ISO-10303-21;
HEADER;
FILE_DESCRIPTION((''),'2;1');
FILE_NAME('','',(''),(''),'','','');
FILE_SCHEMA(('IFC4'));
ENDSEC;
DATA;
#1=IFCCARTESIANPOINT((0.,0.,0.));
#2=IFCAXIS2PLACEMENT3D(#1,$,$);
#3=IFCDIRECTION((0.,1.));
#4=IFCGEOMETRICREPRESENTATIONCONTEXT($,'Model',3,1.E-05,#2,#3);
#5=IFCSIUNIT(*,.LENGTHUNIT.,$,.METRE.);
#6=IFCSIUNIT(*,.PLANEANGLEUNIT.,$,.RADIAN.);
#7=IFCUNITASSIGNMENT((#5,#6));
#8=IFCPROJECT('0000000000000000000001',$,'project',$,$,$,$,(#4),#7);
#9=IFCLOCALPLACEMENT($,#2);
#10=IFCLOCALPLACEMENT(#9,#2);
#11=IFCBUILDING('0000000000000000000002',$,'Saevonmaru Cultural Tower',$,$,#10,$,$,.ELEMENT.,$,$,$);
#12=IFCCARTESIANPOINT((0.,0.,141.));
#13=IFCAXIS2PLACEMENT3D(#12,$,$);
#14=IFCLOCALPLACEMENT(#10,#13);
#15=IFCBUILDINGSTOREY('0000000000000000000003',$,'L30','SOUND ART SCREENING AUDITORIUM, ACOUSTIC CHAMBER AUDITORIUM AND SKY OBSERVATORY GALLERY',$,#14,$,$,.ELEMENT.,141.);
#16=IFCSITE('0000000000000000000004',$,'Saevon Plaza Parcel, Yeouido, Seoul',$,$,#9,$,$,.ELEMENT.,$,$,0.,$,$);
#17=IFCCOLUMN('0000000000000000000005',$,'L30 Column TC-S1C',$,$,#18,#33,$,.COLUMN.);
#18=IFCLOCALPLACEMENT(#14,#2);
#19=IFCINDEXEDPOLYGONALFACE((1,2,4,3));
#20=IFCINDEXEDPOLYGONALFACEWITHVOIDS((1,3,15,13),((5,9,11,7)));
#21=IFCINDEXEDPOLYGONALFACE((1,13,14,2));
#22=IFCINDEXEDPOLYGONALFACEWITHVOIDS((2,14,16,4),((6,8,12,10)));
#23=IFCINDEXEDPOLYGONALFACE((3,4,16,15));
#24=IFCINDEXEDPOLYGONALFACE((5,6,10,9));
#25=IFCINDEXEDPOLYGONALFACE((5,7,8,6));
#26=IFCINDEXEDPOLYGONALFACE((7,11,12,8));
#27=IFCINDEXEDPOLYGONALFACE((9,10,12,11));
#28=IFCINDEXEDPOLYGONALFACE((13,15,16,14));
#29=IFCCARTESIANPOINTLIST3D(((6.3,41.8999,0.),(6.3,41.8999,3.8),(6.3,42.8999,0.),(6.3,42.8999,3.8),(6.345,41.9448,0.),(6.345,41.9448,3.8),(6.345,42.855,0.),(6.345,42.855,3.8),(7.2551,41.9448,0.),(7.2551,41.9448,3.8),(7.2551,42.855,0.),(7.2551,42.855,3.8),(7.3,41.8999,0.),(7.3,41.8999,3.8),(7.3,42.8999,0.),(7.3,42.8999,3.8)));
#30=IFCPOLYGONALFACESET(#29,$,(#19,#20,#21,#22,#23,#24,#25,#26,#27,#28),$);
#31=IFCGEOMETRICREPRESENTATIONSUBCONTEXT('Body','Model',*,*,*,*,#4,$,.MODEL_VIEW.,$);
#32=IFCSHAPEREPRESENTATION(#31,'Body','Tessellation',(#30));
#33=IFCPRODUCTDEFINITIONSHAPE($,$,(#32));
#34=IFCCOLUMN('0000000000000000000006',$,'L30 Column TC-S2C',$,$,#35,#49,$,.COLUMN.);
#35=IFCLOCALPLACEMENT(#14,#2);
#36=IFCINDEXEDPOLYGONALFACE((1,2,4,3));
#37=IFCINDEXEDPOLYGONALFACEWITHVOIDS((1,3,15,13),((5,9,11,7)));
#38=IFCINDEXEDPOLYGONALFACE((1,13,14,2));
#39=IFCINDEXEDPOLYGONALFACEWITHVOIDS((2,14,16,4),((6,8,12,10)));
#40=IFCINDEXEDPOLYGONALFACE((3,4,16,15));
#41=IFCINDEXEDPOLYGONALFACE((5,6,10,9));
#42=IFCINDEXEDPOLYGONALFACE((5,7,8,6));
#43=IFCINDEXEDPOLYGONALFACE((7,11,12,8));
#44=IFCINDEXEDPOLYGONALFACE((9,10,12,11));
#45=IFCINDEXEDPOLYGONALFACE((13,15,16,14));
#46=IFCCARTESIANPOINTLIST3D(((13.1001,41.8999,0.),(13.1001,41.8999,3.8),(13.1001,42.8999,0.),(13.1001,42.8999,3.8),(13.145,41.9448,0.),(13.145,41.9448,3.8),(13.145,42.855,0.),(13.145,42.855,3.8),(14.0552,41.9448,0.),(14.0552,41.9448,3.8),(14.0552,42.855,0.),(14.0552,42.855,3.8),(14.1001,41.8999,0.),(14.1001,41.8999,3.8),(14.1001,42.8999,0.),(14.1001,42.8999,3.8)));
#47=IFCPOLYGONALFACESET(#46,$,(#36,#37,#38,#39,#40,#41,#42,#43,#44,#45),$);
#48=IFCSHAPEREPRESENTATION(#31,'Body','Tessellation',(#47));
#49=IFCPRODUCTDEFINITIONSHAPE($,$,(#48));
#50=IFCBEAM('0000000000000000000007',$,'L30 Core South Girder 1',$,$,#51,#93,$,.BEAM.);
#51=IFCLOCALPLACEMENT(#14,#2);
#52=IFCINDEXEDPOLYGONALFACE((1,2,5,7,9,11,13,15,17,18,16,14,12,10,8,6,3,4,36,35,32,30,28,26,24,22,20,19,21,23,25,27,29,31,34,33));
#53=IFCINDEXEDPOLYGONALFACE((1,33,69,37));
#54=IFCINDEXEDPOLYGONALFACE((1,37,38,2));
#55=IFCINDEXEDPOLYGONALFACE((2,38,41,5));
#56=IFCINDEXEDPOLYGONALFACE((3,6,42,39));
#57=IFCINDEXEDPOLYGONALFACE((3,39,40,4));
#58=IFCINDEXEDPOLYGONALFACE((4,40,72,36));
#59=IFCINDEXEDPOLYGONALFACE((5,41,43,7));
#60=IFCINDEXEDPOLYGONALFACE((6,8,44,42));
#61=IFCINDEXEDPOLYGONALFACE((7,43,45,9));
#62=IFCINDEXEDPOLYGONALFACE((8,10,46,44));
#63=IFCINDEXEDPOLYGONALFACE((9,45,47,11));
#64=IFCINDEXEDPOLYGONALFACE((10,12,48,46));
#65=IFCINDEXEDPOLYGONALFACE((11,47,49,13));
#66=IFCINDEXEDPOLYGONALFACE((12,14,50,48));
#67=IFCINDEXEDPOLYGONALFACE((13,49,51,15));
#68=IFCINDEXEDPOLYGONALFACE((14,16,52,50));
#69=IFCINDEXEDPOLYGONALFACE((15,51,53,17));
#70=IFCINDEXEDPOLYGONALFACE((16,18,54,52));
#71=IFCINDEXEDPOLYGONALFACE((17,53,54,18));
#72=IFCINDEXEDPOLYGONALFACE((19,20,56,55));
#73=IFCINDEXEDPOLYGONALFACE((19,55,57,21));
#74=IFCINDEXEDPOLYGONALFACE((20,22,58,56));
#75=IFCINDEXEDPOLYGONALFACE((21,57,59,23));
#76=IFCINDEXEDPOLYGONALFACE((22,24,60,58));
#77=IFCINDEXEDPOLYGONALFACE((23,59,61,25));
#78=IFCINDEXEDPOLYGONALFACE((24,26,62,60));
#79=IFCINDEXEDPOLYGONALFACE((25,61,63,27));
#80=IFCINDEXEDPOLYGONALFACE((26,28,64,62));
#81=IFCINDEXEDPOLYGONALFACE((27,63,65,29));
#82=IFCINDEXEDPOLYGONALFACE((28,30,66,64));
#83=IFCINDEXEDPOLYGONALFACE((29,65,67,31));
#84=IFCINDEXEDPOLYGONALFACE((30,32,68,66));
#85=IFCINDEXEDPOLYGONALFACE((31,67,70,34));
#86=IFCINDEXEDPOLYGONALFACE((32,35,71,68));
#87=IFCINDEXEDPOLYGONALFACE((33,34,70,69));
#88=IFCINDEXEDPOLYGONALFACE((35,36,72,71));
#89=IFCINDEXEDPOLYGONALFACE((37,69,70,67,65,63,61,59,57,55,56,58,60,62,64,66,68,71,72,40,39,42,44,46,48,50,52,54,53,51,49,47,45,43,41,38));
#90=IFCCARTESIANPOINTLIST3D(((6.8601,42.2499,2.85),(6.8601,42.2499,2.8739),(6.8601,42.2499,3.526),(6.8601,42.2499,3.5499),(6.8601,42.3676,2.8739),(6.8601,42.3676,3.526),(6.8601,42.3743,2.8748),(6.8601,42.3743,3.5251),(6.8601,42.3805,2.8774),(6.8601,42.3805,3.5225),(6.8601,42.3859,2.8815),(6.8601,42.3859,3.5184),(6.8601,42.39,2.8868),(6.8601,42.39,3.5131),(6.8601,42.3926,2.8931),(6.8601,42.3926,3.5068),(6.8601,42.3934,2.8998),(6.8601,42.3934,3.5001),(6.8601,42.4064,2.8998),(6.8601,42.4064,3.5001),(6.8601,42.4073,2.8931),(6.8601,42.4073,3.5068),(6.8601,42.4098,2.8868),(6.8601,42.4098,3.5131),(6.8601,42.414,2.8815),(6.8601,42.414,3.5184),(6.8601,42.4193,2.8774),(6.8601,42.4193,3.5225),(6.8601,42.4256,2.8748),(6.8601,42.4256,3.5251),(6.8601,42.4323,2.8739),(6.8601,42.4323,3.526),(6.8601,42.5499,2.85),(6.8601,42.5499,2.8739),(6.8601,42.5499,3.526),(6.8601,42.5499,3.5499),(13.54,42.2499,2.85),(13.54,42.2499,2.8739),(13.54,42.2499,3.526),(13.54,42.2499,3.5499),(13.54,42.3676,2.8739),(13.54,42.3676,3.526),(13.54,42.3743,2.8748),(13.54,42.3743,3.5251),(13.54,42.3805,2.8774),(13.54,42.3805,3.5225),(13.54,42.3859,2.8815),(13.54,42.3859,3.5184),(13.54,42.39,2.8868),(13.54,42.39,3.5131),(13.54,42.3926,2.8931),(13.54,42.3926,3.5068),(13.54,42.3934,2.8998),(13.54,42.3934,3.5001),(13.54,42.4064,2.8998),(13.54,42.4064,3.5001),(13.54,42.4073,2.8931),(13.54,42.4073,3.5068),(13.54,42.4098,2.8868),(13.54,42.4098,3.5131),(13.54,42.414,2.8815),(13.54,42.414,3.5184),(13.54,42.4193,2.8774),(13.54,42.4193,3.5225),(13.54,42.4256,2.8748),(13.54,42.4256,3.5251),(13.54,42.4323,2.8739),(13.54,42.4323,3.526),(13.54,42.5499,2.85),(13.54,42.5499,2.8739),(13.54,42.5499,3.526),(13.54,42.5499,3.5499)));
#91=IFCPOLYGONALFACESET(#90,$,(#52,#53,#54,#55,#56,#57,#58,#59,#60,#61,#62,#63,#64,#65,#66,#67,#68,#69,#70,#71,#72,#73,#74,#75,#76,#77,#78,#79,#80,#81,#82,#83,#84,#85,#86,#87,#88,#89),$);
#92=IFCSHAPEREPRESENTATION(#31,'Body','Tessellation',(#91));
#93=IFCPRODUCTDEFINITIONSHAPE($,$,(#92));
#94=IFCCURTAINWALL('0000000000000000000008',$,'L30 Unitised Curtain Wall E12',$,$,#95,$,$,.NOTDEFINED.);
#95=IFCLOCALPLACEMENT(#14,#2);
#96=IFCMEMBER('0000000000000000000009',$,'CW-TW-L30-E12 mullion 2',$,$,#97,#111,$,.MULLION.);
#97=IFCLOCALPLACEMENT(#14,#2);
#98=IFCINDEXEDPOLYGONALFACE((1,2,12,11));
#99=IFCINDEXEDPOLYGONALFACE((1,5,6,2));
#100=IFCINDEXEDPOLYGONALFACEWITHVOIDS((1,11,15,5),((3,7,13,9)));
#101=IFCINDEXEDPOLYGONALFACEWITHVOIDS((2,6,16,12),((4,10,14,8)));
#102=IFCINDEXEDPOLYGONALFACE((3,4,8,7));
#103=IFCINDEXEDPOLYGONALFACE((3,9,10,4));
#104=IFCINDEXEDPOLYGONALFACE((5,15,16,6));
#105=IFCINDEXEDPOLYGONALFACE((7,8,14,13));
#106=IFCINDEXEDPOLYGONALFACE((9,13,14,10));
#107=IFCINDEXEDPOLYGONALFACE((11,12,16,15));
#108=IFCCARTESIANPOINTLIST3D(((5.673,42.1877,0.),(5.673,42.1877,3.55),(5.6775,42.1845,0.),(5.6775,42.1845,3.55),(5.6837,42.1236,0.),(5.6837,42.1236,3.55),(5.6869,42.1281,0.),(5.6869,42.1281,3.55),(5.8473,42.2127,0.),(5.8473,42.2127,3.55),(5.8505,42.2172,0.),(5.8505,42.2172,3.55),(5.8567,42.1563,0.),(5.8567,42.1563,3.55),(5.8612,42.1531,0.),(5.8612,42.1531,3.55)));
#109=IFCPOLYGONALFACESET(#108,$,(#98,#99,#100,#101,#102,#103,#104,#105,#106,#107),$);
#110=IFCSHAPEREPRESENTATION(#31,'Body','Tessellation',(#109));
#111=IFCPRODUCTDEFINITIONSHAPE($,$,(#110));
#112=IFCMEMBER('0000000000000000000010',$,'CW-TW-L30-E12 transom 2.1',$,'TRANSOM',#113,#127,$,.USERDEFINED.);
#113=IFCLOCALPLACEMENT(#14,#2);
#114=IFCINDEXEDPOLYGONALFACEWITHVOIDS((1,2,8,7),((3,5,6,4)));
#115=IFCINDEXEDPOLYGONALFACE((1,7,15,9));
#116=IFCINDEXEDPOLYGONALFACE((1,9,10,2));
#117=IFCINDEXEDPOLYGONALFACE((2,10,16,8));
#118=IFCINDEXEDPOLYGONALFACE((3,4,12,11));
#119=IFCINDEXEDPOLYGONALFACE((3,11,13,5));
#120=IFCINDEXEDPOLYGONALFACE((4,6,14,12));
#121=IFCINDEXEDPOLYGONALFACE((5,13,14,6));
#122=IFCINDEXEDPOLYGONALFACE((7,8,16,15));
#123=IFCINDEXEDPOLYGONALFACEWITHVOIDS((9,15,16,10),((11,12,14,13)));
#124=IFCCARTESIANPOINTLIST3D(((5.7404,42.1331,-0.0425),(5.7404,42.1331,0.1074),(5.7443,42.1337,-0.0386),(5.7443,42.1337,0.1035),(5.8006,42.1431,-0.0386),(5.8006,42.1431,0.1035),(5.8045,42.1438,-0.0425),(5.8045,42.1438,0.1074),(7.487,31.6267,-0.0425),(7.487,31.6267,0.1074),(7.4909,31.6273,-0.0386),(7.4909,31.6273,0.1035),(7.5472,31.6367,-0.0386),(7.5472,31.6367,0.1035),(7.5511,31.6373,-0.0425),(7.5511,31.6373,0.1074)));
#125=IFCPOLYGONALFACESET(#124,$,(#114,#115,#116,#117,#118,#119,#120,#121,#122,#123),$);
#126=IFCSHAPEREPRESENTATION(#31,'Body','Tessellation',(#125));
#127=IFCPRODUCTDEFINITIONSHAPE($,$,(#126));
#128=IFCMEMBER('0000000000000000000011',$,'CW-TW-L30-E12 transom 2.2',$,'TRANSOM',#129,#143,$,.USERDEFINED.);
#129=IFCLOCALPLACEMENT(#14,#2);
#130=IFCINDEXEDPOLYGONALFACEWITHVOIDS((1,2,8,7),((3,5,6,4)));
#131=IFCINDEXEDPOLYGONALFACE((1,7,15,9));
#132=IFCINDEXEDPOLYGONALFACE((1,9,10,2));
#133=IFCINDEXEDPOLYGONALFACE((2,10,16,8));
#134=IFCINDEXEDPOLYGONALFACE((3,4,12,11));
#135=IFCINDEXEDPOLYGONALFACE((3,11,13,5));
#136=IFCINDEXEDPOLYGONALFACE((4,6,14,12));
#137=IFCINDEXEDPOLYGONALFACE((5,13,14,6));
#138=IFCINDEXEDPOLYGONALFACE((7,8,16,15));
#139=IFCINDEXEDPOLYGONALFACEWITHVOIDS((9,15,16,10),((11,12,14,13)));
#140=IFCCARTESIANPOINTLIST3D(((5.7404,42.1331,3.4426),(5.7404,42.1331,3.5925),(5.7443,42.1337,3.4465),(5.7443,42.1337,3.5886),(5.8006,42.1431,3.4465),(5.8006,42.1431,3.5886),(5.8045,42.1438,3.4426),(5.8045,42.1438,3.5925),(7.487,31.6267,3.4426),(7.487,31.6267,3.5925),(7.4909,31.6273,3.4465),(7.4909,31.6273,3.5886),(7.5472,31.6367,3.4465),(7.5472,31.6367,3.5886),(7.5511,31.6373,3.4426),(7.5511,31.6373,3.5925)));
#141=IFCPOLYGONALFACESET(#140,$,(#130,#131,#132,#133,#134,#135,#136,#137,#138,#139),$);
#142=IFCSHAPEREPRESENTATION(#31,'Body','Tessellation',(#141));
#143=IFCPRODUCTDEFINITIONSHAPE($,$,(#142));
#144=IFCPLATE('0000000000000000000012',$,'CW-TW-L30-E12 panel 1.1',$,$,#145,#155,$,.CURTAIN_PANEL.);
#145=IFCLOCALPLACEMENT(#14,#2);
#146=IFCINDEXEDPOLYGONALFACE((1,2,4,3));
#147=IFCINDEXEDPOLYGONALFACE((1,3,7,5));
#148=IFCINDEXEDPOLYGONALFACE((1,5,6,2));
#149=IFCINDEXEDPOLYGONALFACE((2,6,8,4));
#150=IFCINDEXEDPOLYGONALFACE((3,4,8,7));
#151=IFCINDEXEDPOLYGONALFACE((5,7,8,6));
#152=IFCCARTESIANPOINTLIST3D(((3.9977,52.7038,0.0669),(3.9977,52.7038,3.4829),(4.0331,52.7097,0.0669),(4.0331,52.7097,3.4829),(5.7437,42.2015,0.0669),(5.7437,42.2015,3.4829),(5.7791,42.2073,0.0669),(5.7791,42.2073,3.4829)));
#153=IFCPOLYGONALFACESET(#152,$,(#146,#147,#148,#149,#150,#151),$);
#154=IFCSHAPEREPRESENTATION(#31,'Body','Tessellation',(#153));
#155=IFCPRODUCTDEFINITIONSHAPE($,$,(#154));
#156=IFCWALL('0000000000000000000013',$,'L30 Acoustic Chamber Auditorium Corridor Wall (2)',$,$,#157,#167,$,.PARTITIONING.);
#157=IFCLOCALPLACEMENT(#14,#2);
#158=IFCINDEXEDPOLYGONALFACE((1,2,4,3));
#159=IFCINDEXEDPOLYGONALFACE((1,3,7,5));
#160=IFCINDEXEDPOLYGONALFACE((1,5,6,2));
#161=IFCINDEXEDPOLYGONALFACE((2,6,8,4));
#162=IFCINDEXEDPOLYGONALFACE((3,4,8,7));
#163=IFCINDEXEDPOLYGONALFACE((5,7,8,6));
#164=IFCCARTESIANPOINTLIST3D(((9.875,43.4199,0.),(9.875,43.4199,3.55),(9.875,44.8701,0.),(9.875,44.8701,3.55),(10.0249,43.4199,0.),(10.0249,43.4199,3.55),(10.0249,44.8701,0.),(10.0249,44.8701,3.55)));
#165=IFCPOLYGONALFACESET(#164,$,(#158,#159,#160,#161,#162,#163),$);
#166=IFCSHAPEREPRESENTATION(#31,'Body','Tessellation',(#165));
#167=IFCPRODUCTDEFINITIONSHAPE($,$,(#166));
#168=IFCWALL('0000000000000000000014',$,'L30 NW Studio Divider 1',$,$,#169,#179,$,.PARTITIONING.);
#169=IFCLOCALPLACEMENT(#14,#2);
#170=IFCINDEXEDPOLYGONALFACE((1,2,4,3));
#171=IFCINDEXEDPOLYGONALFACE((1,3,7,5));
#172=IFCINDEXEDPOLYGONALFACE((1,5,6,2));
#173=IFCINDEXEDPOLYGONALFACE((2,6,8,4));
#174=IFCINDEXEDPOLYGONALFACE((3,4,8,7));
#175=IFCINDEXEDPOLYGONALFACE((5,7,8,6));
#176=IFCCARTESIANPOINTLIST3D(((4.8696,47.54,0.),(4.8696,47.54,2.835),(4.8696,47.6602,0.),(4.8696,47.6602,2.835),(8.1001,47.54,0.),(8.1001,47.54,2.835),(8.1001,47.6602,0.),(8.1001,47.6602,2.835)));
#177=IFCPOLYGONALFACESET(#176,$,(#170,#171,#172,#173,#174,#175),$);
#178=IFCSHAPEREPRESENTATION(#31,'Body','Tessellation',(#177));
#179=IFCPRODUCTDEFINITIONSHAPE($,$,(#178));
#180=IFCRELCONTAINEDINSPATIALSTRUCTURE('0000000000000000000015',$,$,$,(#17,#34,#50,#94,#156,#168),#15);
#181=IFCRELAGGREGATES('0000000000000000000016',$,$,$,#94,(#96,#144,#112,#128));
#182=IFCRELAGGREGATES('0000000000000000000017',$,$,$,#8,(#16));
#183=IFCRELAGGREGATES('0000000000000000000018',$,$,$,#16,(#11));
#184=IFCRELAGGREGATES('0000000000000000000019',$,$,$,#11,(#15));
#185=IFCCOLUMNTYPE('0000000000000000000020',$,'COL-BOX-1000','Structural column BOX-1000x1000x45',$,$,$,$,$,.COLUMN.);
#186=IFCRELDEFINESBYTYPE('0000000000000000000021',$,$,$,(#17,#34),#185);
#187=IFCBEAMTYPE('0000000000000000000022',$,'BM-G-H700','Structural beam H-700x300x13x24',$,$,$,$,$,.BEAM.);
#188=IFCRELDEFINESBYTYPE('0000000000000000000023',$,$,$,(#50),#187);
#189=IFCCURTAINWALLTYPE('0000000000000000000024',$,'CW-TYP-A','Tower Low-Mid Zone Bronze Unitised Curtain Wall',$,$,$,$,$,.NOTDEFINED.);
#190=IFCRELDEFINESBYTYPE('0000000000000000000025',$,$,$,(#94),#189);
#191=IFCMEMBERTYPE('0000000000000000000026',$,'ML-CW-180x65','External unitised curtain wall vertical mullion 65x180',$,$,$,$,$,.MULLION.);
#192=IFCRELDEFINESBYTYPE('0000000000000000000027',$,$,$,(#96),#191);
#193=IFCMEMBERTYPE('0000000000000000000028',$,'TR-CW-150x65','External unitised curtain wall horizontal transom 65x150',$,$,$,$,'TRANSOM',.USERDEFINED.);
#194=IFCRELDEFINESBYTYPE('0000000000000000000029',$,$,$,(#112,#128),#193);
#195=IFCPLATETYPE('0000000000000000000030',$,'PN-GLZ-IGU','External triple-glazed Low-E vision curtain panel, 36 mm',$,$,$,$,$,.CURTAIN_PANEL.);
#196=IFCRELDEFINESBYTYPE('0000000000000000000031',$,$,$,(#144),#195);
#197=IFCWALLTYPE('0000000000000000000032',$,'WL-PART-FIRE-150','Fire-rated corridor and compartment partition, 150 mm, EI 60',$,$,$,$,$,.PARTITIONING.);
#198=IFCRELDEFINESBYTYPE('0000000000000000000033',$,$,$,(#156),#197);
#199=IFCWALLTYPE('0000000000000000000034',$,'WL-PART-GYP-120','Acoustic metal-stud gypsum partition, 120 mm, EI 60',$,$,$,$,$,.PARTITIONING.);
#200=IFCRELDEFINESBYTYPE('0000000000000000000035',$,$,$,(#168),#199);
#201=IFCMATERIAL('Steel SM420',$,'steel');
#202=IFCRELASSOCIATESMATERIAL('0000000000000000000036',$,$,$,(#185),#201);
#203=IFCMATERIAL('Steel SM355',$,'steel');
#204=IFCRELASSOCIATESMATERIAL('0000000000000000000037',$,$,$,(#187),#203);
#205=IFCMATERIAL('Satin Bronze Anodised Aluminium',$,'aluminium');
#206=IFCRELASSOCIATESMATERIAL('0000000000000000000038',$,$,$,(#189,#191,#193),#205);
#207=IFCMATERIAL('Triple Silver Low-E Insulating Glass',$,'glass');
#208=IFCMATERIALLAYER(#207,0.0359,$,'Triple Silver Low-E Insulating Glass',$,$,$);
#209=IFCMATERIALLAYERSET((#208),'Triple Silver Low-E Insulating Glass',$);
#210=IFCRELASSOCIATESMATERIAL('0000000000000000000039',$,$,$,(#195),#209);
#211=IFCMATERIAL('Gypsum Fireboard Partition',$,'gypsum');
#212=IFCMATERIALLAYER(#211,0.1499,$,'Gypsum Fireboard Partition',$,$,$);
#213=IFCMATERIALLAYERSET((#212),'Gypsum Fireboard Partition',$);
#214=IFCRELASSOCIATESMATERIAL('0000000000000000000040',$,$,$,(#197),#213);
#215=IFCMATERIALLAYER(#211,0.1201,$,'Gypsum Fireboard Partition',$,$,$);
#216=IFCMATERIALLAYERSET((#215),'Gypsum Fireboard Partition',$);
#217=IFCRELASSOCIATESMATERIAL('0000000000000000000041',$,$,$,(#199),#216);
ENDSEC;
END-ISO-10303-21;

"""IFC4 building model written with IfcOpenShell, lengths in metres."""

from ifc_helpers import new_model, si_unit, direction, frame, frame_2d, origin, origin_2d, place, context, subcontext, project, spatial, rectangle, hollow_rectangle, i_section, extrude, material, layer, layer_set, material_profile, profile_set, type_object, element, aggregate, save


model = new_model("IFC4")

# Units and contexts
model_context = context("Model", 3, precision=1e-05, world=origin(), true_north=direction((0.0, 1.0)))
body_context = subcontext(model_context, "Body", "Model", "MODEL_VIEW")
ifc_project = project(units=[si_unit("LENGTHUNIT", "METRE"), si_unit("PLANEANGLEUNIT", "RADIAN")], contexts=[model_context])

# Site, building, storey
site_placement = place(None, origin())
site = spatial("IfcSite", under=ifc_project, at=site_placement, Name="Saevon Plaza Parcel, Yeouido, Seoul", CompositionType="ELEMENT", RefElevation=0.0)
building_placement = place(site_placement, origin())
building = spatial("IfcBuilding", under=site, at=building_placement, Name="Saevonmaru Cultural Tower", CompositionType="ELEMENT")
storey_placement = place(building_placement, frame((0.0, 0.0, 141.0)))
storey = spatial("IfcBuildingStorey", under=building, at=storey_placement, Name="L30", Description="SOUND ART SCREENING AUDITORIUM, ACOUSTIC CHAMBER AUDITORIUM AND SKY OBSERVATORY GALLERY", CompositionType="ELEMENT", Elevation=141.0)

# Columns
ifc_material_1 = material(Name="Steel SM420", Category="steel")
ifc_material_profile_1 = material_profile(ifc_material_1, hollow_rectangle(XDim=1.0, YDim=1.0, WallThickness=0.0449, at=origin_2d()), Name="BOX-1000x1000x45")
ifc_profile_set_1 = profile_set([ifc_material_profile_1], Name="Steel SM420")
column_type = type_object("IfcColumnType", Name="COL-BOX-1000", Description="Structural column BOX-1000x1000x45", PredefinedType="COLUMN", material=ifc_profile_set_1)
for number, where, z_axis, x_axis, name in (
    (1, (6.8, 42.3999, 0.0), (0.0, 0.0, 1.0), (1.0, 0.0, 0.0), "L30 Column TC-S1C"),
    (2, (13.6001, 42.3999, 0.0), (0.0, 0.0, 1.0), (1.0, 0.0, 0.0), "L30 Column TC-S2C"),
):
    element("IfcColumn", number, at=place(storey_placement, frame(where, z_axis=z_axis, x_axis=x_axis)), inside=storey, type_object=column_type, Name=name, PredefinedType="COLUMN", context=body_context, shape_type="SweptSolid", body=[
        extrude(hollow_rectangle(XDim=1.0, YDim=1.0, WallThickness=0.0449, at=origin_2d()), origin(), (0.0, 0.0, 1.0), 3.8),
    ])

# Beam
ifc_material_2 = material(Name="Steel SM355", Category="steel")
ifc_material_profile_2 = material_profile(ifc_material_2, i_section(OverallWidth=0.3, OverallDepth=0.7, WebThickness=0.0129, FlangeThickness=0.0239, FilletRadius=0.0259, at=origin_2d()), Name="H-700x300x13x24")
ifc_profile_set_2 = profile_set([ifc_material_profile_2], Name="Steel SM355")
beam_type = type_object("IfcBeamType", Name="BM-G-H700", Description="Structural beam H-700x300x13x24", PredefinedType="BEAM", material=ifc_profile_set_2)
beam_placement = place(storey_placement, frame((6.8601, 42.3999, 3.2), z_axis=(1.0, 0.0, 0.0), x_axis=(0.0, 1.0, 0.0)))
element("IfcBeam", 3, at=beam_placement, inside=storey, type_object=beam_type, Name="L30 Core South Girder 1", PredefinedType="BEAM", context=body_context, shape_type="SweptSolid", body=[
    extrude(i_section(OverallWidth=0.3, OverallDepth=0.7, WebThickness=0.0129, FlangeThickness=0.0239, FilletRadius=0.0259, at=origin_2d()), origin(), (0.0, 0.0, 1.0), 6.6799),
])

# Curtain wall, members, plate
ifc_material_3 = material(Name="Satin Bronze Anodised Aluminium", Category="aluminium")
curtain_wall_type = type_object("IfcCurtainWallType", Name="CW-TYP-A", Description="Tower Low-Mid Zone Bronze Unitised Curtain Wall", PredefinedType="NOTDEFINED", material=ifc_material_3)
curtain_wall_placement = place(storey_placement, origin())
curtain_wall = element("IfcCurtainWall", 4, at=curtain_wall_placement, inside=storey, type_object=curtain_wall_type, Name="L30 Unitised Curtain Wall E12", PredefinedType="NOTDEFINED")
ifc_material_profile_3 = material_profile(ifc_material_3, hollow_rectangle(XDim=0.0649, YDim=0.1799, WallThickness=0.0039, at=origin_2d()), Name="ALU-MULL-180x65x4")
ifc_profile_set_3 = profile_set([ifc_material_profile_3], Name="Satin Bronze Anodised Aluminium")
member_type_1 = type_object("IfcMemberType", Name="ML-CW-180x65", Description="External unitised curtain wall vertical mullion 65x180", PredefinedType="MULLION", material=ifc_profile_set_3)
member_1_placement = place(storey_placement, frame((5.7671, 42.1704, 0.0), z_axis=(0.0, 0.0, 1.0), x_axis=(0.163999, -0.986461, 0.0)))
member_1 = element("IfcMember", 5, at=member_1_placement, type_object=member_type_1, Name="CW-TW-L30-E12 mullion 2", PredefinedType="MULLION", context=body_context, shape_type="SweptSolid", body=[
    extrude(hollow_rectangle(XDim=0.0649, YDim=0.1799, WallThickness=0.0039, at=origin_2d()), origin(), (0.0, 0.0, 1.0), 3.55),
])
ifc_material_profile_4 = material_profile(ifc_material_3, hollow_rectangle(XDim=0.0649, YDim=0.1499, WallThickness=0.0039, at=origin_2d()), Name="ALU-TRAN-150x65x4")
ifc_profile_set_4 = profile_set([ifc_material_profile_4], Name="Satin Bronze Anodised Aluminium")
member_type_2 = type_object("IfcMemberType", Name="TR-CW-150x65", Description="External unitised curtain wall horizontal transom 65x150", ElementType="TRANSOM", PredefinedType="USERDEFINED", material=ifc_profile_set_4)
member_2_placement = place(storey_placement, frame((5.7725, 42.1384, 0.0325), z_axis=(0.16399, -0.986462, 0.0), x_axis=(0.986462, 0.16399, 0.0)))
member_2 = element("IfcMember", 6, at=member_2_placement, type_object=member_type_2, Name="CW-TW-L30-E12 transom 2.1", ObjectType="TRANSOM", PredefinedType="USERDEFINED", context=body_context, shape_type="SweptSolid", body=[
    extrude(hollow_rectangle(XDim=0.0649, YDim=0.1499, WallThickness=0.0039, at=origin_2d()), origin(), (0.0, 0.0, 1.0), 10.6506),
])
member_3_placement = place(storey_placement, frame((5.7725, 42.1384, 3.5176), z_axis=(0.16399, -0.986462, 0.0), x_axis=(0.986462, 0.16399, 0.0)))
member_3 = element("IfcMember", 7, at=member_3_placement, type_object=member_type_2, Name="CW-TW-L30-E12 transom 2.2", ObjectType="TRANSOM", PredefinedType="USERDEFINED", context=body_context, shape_type="SweptSolid", body=[
    extrude(hollow_rectangle(XDim=0.0649, YDim=0.1499, WallThickness=0.0039, at=origin_2d()), origin(), (0.0, 0.0, 1.0), 10.6506),
])
ifc_material_4 = material(Name="Triple Silver Low-E Insulating Glass", Category="glass")
ifc_layer_1 = layer(ifc_material_4, 0.0359, Name="Triple Silver Low-E Insulating Glass")
ifc_layer_set_1 = layer_set([ifc_layer_1], Name="Triple Silver Low-E Insulating Glass")
plate_type = type_object("IfcPlateType", Name="PN-GLZ-IGU", Description="External triple-glazed Low-E vision curtain panel, 36 mm", PredefinedType="CURTAIN_PANEL", material=ifc_layer_set_1)
plate_placement = place(storey_placement, frame((4.8884, 47.4556, 0.0669), z_axis=(0.0, 0.0, 1.0), x_axis=(0.163999, -0.986461, 0.0)))
plate = element("IfcPlate", 8, at=plate_placement, type_object=plate_type, Name="CW-TW-L30-E12 panel 1.1", PredefinedType="CURTAIN_PANEL", context=body_context, shape_type="SweptSolid", body=[
    extrude(rectangle(XDim=10.6465, YDim=0.0359, at=origin_2d()), origin(), (0.0, 0.0, 1.0), 3.416),
])
aggregate(curtain_wall, [member_1, plate, member_2, member_3])

# Wall
ifc_material_5 = material(Name="Gypsum Fireboard Partition", Category="gypsum")
ifc_layer_2 = layer(ifc_material_5, 0.1499, Name="Gypsum Fireboard Partition")
ifc_layer_set_2 = layer_set([ifc_layer_2], Name="Gypsum Fireboard Partition")
wall_type_1 = type_object("IfcWallType", Name="WL-PART-FIRE-150", Description="Fire-rated corridor and compartment partition, 150 mm, EI 60", PredefinedType="PARTITIONING", material=ifc_layer_set_2)
wall_1_placement = place(storey_placement, frame((9.95, 43.4199, 0.0), z_axis=(0.0, 0.0, 1.0), x_axis=(0.0, 1.0, 0.0)))
element("IfcWall", 9, at=wall_1_placement, inside=storey, type_object=wall_type_1, Name="L30 Acoustic Chamber Auditorium Corridor Wall (2)", PredefinedType="PARTITIONING", context=body_context, shape_type="SweptSolid", body=[
    extrude(rectangle(XDim=1.4502, YDim=0.1499, at=frame_2d((0.7251, 0.0))), origin(), (0.0, 0.0, 1.0), 3.55),
])

# Wall
ifc_layer_3 = layer(ifc_material_5, 0.1201, Name="Gypsum Fireboard Partition")
ifc_layer_set_3 = layer_set([ifc_layer_3], Name="Gypsum Fireboard Partition")
wall_type_2 = type_object("IfcWallType", Name="WL-PART-GYP-120", Description="Acoustic metal-stud gypsum partition, 120 mm, EI 60", PredefinedType="PARTITIONING", material=ifc_layer_set_3)
wall_2_placement = place(storey_placement, frame((4.8696, 47.6001, 0.0), z_axis=(0.0, 0.0, 1.0), x_axis=(1.0, 0.0, 0.0)))
element("IfcWall", 10, at=wall_2_placement, inside=storey, type_object=wall_type_2, Name="L30 NW Studio Divider 1", PredefinedType="PARTITIONING", context=body_context, shape_type="SweptSolid", body=[
    extrude(rectangle(XDim=3.2305, YDim=0.1201, at=frame_2d((1.6152, 0.0))), origin(), (0.0, 0.0, 1.0), 2.835),
])

save(model, "model.ifc")
